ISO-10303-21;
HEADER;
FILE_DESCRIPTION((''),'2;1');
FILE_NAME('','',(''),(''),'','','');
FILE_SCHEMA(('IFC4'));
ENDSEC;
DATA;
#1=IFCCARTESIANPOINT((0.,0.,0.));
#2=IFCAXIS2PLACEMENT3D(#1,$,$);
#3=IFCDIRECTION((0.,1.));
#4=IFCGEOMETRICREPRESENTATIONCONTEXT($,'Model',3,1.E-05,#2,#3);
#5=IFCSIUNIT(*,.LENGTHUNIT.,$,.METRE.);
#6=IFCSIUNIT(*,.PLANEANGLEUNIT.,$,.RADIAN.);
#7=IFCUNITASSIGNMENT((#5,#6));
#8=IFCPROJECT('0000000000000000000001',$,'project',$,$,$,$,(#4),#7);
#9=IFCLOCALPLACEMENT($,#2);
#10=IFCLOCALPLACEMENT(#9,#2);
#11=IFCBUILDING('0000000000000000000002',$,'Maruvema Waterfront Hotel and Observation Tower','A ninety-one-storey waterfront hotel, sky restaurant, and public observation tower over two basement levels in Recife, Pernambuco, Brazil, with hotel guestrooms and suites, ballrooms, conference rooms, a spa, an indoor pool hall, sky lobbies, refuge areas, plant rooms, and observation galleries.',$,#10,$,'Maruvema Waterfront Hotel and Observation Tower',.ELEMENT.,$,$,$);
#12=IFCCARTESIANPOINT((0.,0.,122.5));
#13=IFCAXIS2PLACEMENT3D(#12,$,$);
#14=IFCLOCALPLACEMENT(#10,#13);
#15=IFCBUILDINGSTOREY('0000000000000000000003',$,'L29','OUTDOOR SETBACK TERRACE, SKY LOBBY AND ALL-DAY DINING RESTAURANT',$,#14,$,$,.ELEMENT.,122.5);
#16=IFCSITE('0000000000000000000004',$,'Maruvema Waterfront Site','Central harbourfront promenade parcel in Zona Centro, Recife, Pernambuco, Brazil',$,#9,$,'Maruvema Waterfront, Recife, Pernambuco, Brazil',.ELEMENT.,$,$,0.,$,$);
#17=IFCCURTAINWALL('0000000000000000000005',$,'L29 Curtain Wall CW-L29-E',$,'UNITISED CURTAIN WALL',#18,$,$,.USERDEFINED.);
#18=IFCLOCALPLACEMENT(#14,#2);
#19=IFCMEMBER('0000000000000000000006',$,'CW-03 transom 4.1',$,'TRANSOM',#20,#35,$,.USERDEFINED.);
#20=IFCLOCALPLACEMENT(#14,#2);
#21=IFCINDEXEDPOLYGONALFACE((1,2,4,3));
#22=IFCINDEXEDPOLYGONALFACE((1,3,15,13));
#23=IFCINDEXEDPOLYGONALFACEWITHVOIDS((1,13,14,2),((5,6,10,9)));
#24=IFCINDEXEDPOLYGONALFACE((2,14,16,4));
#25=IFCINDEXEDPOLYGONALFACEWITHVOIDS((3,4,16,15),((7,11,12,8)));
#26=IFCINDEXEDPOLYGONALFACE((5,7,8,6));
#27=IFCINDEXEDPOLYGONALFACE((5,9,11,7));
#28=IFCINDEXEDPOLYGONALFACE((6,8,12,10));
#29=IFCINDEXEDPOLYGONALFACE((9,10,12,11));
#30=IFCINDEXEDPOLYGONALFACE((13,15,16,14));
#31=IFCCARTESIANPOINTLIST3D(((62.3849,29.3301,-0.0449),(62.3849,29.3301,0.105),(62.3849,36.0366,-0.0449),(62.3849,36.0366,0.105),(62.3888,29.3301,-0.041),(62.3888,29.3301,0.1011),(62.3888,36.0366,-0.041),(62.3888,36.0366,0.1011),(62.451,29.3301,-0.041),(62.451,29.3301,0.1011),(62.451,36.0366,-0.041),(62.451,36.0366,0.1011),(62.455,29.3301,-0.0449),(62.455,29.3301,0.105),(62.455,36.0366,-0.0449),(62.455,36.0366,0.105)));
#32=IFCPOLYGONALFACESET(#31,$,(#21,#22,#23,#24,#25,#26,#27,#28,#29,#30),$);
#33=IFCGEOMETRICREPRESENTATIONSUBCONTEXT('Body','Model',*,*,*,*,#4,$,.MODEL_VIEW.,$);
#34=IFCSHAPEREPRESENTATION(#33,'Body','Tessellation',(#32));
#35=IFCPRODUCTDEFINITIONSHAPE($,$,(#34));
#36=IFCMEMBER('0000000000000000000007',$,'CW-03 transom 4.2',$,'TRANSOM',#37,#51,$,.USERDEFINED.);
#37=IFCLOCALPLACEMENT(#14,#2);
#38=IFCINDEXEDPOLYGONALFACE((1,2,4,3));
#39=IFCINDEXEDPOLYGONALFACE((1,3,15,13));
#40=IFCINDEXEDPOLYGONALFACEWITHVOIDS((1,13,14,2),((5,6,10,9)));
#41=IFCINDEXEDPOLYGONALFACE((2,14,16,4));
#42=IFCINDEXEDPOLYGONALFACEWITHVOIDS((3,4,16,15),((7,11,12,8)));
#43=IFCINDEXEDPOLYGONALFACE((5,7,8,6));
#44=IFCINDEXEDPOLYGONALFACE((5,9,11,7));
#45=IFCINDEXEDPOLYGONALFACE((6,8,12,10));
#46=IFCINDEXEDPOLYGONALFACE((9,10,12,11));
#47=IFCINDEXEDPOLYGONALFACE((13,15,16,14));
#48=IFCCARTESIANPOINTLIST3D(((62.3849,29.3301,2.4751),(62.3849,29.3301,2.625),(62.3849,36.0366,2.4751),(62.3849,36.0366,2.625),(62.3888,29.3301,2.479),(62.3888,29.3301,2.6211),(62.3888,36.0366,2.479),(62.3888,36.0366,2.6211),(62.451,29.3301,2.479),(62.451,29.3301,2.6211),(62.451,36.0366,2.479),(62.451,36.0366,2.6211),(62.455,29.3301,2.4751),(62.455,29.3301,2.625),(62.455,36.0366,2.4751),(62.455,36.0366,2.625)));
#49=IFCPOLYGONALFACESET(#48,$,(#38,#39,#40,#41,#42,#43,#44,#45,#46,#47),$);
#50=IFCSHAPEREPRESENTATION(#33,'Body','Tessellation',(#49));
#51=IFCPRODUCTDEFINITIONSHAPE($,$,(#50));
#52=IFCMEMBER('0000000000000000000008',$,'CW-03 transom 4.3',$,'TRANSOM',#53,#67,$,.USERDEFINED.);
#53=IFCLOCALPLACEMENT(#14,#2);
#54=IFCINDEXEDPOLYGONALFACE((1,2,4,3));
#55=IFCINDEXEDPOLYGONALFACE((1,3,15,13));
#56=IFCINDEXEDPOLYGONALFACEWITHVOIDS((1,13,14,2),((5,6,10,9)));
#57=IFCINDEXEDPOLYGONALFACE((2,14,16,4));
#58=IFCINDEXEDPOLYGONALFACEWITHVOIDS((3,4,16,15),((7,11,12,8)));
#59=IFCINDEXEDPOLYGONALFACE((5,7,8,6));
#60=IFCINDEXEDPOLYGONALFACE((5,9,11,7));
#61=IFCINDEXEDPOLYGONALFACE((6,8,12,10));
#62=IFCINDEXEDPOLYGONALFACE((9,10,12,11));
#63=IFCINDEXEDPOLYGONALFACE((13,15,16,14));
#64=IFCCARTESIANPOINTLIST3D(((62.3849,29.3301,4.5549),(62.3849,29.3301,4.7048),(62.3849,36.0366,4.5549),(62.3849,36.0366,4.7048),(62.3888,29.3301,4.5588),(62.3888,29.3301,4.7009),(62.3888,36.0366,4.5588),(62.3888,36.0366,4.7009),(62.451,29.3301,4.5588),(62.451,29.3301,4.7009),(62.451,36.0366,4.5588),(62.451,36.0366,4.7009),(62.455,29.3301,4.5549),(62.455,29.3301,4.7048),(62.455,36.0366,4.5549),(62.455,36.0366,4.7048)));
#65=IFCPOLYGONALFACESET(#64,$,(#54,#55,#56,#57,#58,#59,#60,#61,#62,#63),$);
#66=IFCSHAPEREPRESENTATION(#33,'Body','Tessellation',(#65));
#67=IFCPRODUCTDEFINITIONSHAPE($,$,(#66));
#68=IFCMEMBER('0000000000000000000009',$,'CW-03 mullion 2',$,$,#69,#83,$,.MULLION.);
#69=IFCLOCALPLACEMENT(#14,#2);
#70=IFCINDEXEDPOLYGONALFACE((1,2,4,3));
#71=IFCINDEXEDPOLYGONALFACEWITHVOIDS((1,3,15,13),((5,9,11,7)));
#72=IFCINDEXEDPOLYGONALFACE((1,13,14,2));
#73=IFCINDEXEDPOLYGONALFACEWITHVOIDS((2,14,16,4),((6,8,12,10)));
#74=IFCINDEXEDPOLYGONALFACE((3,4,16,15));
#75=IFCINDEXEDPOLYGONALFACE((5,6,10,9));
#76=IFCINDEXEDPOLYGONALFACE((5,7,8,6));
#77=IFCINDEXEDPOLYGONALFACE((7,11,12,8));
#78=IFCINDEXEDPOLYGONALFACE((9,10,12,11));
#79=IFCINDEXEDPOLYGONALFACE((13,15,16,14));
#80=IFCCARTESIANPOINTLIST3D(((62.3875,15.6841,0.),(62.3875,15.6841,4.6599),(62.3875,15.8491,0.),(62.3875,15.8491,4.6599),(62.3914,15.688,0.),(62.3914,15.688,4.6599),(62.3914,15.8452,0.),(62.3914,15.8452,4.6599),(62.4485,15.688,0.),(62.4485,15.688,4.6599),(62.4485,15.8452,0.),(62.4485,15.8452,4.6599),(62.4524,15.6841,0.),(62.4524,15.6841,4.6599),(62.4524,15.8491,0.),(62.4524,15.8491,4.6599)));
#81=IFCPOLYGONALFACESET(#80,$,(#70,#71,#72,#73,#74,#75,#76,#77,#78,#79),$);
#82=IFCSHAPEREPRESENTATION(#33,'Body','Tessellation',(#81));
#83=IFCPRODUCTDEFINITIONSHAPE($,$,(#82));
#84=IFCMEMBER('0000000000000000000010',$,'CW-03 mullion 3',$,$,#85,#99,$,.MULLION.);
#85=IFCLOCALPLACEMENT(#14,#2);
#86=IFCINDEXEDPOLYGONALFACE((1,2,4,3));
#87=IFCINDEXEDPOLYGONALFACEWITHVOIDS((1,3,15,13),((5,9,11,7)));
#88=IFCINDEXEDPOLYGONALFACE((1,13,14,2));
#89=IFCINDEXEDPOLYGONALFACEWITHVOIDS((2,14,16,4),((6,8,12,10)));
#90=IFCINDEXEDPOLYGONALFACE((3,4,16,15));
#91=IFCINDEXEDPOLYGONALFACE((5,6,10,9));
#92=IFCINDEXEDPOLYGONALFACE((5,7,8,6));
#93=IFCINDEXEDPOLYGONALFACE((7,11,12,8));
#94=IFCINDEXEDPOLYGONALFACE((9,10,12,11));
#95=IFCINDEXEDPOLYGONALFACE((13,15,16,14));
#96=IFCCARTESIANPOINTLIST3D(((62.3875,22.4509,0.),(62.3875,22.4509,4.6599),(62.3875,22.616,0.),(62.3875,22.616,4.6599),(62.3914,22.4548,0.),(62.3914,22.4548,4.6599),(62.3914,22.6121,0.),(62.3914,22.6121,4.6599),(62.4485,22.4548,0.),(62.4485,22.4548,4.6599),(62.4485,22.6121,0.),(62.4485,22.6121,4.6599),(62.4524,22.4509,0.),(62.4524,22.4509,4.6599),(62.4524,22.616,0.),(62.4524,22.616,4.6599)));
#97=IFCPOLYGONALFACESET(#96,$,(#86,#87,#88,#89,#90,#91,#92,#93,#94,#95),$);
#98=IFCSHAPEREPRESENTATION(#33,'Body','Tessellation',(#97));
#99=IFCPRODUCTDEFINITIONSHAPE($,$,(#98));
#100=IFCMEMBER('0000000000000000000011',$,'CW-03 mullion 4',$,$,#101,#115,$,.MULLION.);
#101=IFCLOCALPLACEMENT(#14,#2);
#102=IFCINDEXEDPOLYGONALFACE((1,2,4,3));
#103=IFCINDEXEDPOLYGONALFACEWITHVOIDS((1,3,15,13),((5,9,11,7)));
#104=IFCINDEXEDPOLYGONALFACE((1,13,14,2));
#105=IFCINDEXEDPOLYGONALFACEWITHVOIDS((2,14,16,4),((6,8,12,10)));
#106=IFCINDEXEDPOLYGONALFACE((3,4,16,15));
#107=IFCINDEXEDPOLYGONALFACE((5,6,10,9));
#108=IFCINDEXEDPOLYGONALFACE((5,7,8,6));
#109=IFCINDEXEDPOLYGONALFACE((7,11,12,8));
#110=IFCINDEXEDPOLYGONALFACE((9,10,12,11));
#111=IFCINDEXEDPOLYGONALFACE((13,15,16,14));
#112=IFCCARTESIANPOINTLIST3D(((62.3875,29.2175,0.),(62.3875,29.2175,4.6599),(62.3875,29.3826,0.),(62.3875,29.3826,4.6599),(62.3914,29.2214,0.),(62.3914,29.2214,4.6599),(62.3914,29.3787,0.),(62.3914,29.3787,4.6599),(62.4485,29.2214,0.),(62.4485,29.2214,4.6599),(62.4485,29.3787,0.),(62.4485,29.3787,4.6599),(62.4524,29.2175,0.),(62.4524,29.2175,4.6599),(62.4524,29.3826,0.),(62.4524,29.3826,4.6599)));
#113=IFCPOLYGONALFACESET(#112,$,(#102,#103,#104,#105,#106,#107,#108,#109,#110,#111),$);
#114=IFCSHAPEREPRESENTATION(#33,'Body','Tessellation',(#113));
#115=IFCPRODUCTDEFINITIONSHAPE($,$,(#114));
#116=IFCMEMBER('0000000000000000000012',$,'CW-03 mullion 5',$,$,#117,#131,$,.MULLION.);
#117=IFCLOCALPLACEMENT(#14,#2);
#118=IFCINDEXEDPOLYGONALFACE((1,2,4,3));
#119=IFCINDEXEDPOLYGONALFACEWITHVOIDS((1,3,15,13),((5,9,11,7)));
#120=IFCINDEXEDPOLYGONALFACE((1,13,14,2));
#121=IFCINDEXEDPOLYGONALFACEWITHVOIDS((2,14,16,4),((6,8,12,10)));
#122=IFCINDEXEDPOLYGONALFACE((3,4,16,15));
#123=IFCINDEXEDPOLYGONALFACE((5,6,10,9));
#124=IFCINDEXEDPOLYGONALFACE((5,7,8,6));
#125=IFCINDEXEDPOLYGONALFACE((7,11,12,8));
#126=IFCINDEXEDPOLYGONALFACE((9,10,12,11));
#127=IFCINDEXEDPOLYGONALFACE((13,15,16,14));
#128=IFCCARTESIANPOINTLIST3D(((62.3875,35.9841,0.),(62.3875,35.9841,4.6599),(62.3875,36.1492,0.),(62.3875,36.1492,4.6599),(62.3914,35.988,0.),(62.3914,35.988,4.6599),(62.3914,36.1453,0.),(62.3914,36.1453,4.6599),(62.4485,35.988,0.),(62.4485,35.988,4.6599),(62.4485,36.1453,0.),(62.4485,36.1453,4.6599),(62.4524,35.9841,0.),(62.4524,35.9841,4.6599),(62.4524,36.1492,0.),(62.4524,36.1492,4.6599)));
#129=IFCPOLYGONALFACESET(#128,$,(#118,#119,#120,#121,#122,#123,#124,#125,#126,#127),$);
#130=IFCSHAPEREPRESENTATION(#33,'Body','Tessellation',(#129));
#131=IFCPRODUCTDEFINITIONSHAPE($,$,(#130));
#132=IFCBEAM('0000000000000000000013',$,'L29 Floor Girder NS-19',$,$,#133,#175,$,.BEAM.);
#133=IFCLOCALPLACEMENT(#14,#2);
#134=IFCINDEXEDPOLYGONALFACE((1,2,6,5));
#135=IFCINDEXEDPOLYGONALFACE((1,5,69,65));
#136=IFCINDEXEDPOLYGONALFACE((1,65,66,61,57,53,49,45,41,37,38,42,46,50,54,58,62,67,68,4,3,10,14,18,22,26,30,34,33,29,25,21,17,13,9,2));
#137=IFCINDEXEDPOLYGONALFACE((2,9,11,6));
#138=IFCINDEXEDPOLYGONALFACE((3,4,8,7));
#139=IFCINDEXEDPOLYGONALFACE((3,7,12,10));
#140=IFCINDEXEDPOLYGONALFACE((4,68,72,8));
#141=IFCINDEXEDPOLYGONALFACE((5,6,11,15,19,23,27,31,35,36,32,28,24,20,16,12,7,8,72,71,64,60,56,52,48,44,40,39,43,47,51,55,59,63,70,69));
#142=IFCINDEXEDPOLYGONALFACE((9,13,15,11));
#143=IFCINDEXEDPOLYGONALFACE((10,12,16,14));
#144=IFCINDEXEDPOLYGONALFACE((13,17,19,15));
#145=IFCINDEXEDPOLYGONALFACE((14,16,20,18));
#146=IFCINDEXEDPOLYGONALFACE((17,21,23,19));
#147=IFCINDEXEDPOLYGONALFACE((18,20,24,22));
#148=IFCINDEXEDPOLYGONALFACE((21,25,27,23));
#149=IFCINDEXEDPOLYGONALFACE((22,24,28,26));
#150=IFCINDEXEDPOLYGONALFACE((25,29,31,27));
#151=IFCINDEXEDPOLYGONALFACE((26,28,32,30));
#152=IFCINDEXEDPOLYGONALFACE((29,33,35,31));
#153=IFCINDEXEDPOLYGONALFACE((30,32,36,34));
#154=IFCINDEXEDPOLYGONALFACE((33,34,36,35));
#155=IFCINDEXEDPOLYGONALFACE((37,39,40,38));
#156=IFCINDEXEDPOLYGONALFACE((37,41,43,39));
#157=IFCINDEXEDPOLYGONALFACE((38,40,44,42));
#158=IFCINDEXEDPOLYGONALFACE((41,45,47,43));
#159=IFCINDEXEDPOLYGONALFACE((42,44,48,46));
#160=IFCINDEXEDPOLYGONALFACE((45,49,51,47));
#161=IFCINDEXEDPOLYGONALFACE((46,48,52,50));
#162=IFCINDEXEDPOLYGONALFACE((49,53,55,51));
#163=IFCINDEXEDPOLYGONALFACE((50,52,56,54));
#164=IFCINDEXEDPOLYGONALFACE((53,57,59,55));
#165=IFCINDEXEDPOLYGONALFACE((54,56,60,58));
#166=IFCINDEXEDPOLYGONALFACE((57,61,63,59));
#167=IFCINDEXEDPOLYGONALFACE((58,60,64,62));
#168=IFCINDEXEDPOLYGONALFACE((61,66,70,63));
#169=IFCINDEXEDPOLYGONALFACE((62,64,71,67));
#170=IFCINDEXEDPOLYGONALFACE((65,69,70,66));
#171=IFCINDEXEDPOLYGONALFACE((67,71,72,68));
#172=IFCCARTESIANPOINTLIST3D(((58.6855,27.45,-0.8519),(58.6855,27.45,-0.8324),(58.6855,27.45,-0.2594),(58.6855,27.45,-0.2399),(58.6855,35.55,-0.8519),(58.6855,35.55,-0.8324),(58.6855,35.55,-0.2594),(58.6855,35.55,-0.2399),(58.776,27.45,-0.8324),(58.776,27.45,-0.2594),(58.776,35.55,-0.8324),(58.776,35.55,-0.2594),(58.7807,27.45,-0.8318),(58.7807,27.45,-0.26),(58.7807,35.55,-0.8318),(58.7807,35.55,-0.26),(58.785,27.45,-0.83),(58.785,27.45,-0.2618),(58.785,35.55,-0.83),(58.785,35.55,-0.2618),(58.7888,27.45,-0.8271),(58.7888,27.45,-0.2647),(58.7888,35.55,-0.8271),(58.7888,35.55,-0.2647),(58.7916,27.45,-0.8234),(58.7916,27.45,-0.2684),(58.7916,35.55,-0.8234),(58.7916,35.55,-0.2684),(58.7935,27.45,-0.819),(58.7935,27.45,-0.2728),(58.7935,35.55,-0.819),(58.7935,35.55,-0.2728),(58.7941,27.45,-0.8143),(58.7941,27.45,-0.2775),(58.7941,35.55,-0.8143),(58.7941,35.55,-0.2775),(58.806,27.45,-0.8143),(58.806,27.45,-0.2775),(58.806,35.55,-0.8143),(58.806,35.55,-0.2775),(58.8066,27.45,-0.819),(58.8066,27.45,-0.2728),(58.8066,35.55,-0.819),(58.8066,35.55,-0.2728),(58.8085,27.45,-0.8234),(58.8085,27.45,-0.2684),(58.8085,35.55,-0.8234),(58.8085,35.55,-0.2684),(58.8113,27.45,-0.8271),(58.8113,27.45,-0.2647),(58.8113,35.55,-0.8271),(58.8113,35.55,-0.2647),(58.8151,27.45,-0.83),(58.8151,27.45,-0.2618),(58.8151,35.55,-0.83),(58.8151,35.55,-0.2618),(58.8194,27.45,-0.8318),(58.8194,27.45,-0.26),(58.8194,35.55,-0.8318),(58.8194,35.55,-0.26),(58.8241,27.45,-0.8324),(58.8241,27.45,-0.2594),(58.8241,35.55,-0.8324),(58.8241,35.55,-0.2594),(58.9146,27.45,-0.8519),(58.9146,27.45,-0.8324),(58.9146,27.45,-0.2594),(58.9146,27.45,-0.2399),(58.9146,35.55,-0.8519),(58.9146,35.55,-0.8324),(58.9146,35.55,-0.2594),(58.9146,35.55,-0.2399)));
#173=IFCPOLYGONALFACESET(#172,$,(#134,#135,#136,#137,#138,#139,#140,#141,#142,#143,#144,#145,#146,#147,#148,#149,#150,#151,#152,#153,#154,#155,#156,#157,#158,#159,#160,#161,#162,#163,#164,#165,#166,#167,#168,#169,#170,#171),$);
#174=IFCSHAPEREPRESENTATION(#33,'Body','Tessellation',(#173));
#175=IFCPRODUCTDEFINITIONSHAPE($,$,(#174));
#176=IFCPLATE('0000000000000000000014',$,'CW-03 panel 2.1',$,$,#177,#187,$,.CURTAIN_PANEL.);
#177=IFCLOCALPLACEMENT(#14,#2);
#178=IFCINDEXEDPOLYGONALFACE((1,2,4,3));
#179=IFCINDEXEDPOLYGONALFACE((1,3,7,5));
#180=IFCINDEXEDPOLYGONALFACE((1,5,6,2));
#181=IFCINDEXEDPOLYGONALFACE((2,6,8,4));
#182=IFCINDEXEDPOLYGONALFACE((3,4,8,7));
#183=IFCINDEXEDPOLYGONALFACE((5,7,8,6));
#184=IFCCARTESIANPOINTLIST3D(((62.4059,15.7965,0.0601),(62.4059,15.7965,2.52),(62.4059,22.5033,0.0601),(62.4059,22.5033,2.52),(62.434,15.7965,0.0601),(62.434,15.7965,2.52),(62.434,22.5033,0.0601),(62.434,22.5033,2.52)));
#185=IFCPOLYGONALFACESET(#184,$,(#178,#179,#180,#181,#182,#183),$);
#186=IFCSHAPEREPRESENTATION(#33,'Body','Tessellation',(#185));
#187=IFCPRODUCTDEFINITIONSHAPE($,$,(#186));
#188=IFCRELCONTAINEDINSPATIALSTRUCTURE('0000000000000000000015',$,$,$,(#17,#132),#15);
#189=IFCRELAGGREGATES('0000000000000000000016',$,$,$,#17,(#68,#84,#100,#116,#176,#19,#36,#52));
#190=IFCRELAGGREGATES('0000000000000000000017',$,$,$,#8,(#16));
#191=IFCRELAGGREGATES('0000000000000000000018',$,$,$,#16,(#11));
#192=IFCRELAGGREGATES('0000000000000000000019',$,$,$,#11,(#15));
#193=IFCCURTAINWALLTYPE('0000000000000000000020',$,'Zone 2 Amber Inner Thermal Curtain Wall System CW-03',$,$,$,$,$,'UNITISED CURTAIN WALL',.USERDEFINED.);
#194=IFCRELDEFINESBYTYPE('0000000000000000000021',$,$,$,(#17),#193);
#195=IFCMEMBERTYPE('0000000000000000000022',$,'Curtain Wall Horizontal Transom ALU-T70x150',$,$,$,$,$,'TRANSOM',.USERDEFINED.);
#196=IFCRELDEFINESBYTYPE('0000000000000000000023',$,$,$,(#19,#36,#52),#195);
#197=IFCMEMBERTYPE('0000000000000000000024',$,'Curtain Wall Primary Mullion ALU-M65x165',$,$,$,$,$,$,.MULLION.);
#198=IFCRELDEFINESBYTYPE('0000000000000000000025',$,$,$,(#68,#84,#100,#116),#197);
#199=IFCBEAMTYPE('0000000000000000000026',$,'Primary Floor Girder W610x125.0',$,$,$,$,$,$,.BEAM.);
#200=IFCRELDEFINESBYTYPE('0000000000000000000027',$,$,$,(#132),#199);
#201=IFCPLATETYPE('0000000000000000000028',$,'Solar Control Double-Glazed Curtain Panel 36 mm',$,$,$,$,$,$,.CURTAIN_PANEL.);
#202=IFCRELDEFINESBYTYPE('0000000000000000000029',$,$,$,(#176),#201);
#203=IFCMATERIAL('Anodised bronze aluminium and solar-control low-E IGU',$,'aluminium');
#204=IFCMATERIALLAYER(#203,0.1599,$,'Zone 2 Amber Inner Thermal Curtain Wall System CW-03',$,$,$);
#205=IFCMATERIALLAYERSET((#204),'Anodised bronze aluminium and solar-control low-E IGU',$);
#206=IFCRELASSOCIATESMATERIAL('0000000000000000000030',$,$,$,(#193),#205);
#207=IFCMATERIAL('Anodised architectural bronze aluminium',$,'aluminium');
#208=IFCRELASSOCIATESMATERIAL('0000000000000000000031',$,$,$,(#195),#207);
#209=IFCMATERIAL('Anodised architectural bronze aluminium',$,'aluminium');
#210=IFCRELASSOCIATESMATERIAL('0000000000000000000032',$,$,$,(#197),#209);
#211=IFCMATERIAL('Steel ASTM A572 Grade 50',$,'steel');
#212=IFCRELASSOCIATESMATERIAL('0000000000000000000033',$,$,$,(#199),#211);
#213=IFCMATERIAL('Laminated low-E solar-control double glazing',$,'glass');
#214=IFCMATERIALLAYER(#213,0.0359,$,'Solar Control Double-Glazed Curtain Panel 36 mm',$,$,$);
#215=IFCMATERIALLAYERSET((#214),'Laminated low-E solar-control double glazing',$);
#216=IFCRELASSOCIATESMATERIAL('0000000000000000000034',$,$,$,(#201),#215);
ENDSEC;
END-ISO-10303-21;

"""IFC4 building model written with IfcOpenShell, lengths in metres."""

from ifc_helpers import new_model, si_unit, direction, frame, origin, origin_2d, place, context, subcontext, project, spatial, rectangle, hollow_rectangle, i_section, extrude, material, layer, layer_set, material_profile, profile_set, type_object, element, aggregate, save


model = new_model("IFC4")

# Units and contexts
model_context = context("Model", 3, precision=1e-05, world=origin(), true_north=direction((0.0, 1.0)))
body_context = subcontext(model_context, "Body", "Model", "MODEL_VIEW")
ifc_project = project(units=[si_unit("LENGTHUNIT", "METRE"), si_unit("PLANEANGLEUNIT", "RADIAN")], contexts=[model_context])

# Site, building, storey
site_placement = place(None, origin())
site = spatial("IfcSite", under=ifc_project, at=site_placement, Name="Maruvema Waterfront Site", Description="Central harbourfront promenade parcel in Zona Centro, Recife, Pernambuco, Brazil", LongName="Maruvema Waterfront, Recife, Pernambuco, Brazil", CompositionType="ELEMENT", RefElevation=0.0)
building_placement = place(site_placement, origin())
building = spatial("IfcBuilding", under=site, at=building_placement, Name="Maruvema Waterfront Hotel and Observation Tower", Description="A ninety-one-storey waterfront hotel, sky restaurant, and public observation tower over two basement levels in Recife, Pernambuco, Brazil, with hotel guestrooms and suites, ballrooms, conference rooms, a spa, an indoor pool hall, sky lobbies, refuge areas, plant rooms, and observation galleries.", LongName="Maruvema Waterfront Hotel and Observation Tower", CompositionType="ELEMENT")
storey_placement = place(building_placement, frame((0.0, 0.0, 122.5)))
storey = spatial("IfcBuildingStorey", under=building, at=storey_placement, Name="L29", Description="OUTDOOR SETBACK TERRACE, SKY LOBBY AND ALL-DAY DINING RESTAURANT", CompositionType="ELEMENT", Elevation=122.5)

# Curtain wall, members
ifc_material_1 = material(Name="Anodised bronze aluminium and solar-control low-E IGU", Category="aluminium")
ifc_layer_1 = layer(ifc_material_1, 0.1599, Name="Zone 2 Amber Inner Thermal Curtain Wall System CW-03")
ifc_layer_set_1 = layer_set([ifc_layer_1], Name="Anodised bronze aluminium and solar-control low-E IGU")
curtain_wall_type = type_object("IfcCurtainWallType", Name="Zone 2 Amber Inner Thermal Curtain Wall System CW-03", ElementType="UNITISED CURTAIN WALL", PredefinedType="USERDEFINED", material=ifc_layer_set_1)
curtain_wall_placement = place(storey_placement, origin())
curtain_wall = element("IfcCurtainWall", 1, at=curtain_wall_placement, inside=storey, type_object=curtain_wall_type, Name="L29 Curtain Wall CW-L29-E", ObjectType="UNITISED CURTAIN WALL", PredefinedType="USERDEFINED")
ifc_material_2 = material(Name="Anodised architectural bronze aluminium", Category="aluminium")
ifc_material_profile_1 = material_profile(ifc_material_2, hollow_rectangle(XDim=0.0701, YDim=0.1499, WallThickness=0.0039, at=origin_2d()), Name="ALU-T70x150")
ifc_profile_set_1 = profile_set([ifc_material_profile_1], Name="Anodised architectural bronze aluminium")
member_type_1 = type_object("IfcMemberType", Name="Curtain Wall Horizontal Transom ALU-T70x150", ElementType="TRANSOM", PredefinedType="USERDEFINED", material=ifc_profile_set_1)
member_1_placement = place(storey_placement, frame((62.4199, 29.3301, 0.03), z_axis=(0.0, 1.0, 0.0), x_axis=(-1.0, 0.0, 0.0)))
member_1 = element("IfcMember", 2, at=member_1_placement, type_object=member_type_1, Name="CW-03 transom 4.1", ObjectType="TRANSOM", PredefinedType="USERDEFINED", context=body_context, shape_type="SweptSolid", body=[
    extrude(hollow_rectangle(XDim=0.0701, YDim=0.1499, WallThickness=0.0039, at=origin_2d()), origin(), (0.0, 0.0, 1.0), 6.7065),
])
member_2_placement = place(storey_placement, frame((62.4199, 29.3301, 2.55), z_axis=(0.0, 1.0, 0.0), x_axis=(-1.0, 0.0, 0.0)))
member_2 = element("IfcMember", 3, at=member_2_placement, type_object=member_type_1, Name="CW-03 transom 4.2", ObjectType="TRANSOM", PredefinedType="USERDEFINED", context=body_context, shape_type="SweptSolid", body=[
    extrude(hollow_rectangle(XDim=0.0701, YDim=0.1499, WallThickness=0.0039, at=origin_2d()), origin(), (0.0, 0.0, 1.0), 6.7065),
])
member_3_placement = place(storey_placement, frame((62.4199, 29.3301, 4.6299), z_axis=(0.0, 1.0, 0.0), x_axis=(-1.0, 0.0, 0.0)))
member_3 = element("IfcMember", 4, at=member_3_placement, type_object=member_type_1, Name="CW-03 transom 4.3", ObjectType="TRANSOM", PredefinedType="USERDEFINED", context=body_context, shape_type="SweptSolid", body=[
    extrude(hollow_rectangle(XDim=0.0701, YDim=0.1499, WallThickness=0.0039, at=origin_2d()), origin(), (0.0, 0.0, 1.0), 6.7065),
])
ifc_material_3 = material(Name="Anodised architectural bronze aluminium", Category="aluminium")
ifc_material_profile_2 = material_profile(ifc_material_3, hollow_rectangle(XDim=0.0649, YDim=0.165, WallThickness=0.0039, at=origin_2d()), Name="ALU-M65x165")
ifc_profile_set_2 = profile_set([ifc_material_profile_2], Name="Anodised architectural bronze aluminium")
member_type_2 = type_object("IfcMemberType", Name="Curtain Wall Primary Mullion ALU-M65x165", PredefinedType="MULLION", material=ifc_profile_set_2)
member_4_placement = place(storey_placement, frame((62.4199, 15.7666, 0.0), z_axis=(0.0, 0.0, 1.0), x_axis=(-1.0, 0.0, 0.0)))
member_4 = element("IfcMember", 5, at=member_4_placement, type_object=member_type_2, Name="CW-03 mullion 2", PredefinedType="MULLION", context=body_context, shape_type="SweptSolid", body=[
    extrude(hollow_rectangle(XDim=0.0649, YDim=0.165, WallThickness=0.0039, at=origin_2d()), origin(), (0.0, 0.0, 1.0), 4.6599),
])
member_5_placement = place(storey_placement, frame((62.4199, 22.5334, 0.0), z_axis=(0.0, 0.0, 1.0), x_axis=(-1.0, 0.0, 0.0)))
member_5 = element("IfcMember", 6, at=member_5_placement, type_object=member_type_2, Name="CW-03 mullion 3", PredefinedType="MULLION", context=body_context, shape_type="SweptSolid", body=[
    extrude(hollow_rectangle(XDim=0.0649, YDim=0.165, WallThickness=0.0039, at=origin_2d()), origin(), (0.0, 0.0, 1.0), 4.6599),
])
member_6_placement = place(storey_placement, frame((62.4199, 29.3, 0.0), z_axis=(0.0, 0.0, 1.0), x_axis=(-1.0, 0.0, 0.0)))
member_6 = element("IfcMember", 7, at=member_6_placement, type_object=member_type_2, Name="CW-03 mullion 4", PredefinedType="MULLION", context=body_context, shape_type="SweptSolid", body=[
    extrude(hollow_rectangle(XDim=0.0649, YDim=0.165, WallThickness=0.0039, at=origin_2d()), origin(), (0.0, 0.0, 1.0), 4.6599),
])
member_7_placement = place(storey_placement, frame((62.4199, 36.0667, 0.0), z_axis=(0.0, 0.0, 1.0), x_axis=(-1.0, 0.0, 0.0)))
member_7 = element("IfcMember", 8, at=member_7_placement, type_object=member_type_2, Name="CW-03 mullion 5", PredefinedType="MULLION", context=body_context, shape_type="SweptSolid", body=[
    extrude(hollow_rectangle(XDim=0.0649, YDim=0.165, WallThickness=0.0039, at=origin_2d()), origin(), (0.0, 0.0, 1.0), 4.6599),
])

# Beam
ifc_material_4 = material(Name="Steel ASTM A572 Grade 50", Category="steel")
ifc_material_profile_3 = material_profile(ifc_material_4, i_section(OverallWidth=0.229, OverallDepth=0.6121, WebThickness=0.012, FlangeThickness=0.0195, FilletRadius=0.0181, at=origin_2d()), Name="W610x125.0")
ifc_profile_set_3 = profile_set([ifc_material_profile_3], Name="Steel ASTM A572 Grade 50")
beam_type = type_object("IfcBeamType", Name="Primary Floor Girder W610x125.0", PredefinedType="BEAM", material=ifc_profile_set_3)
beam_placement = place(storey_placement, frame((58.8, 27.45, -0.5459), z_axis=(0.0, 1.0, 0.0), x_axis=(-1.0, 0.0, 0.0)))
element("IfcBeam", 9, at=beam_placement, inside=storey, type_object=beam_type, Name="L29 Floor Girder NS-19", PredefinedType="BEAM", context=body_context, shape_type="SweptSolid", body=[
    extrude(i_section(OverallWidth=0.229, OverallDepth=0.6121, WebThickness=0.012, FlangeThickness=0.0195, FilletRadius=0.0181, at=origin_2d()), origin(), (0.0, 0.0, 1.0), 8.1001),
])

# Plate
ifc_material_5 = material(Name="Laminated low-E solar-control double glazing", Category="glass")
ifc_layer_2 = layer(ifc_material_5, 0.0359, Name="Solar Control Double-Glazed Curtain Panel 36 mm")
ifc_layer_set_2 = layer_set([ifc_layer_2], Name="Laminated low-E solar-control double glazing")
plate_type = type_object("IfcPlateType", Name="Solar Control Double-Glazed Curtain Panel 36 mm", PredefinedType="CURTAIN_PANEL", material=ifc_layer_set_2)
plate_1_placement = place(storey_placement, frame((62.4199, 19.1499, 0.0601), z_axis=(0.0, 0.0, 1.0), x_axis=(0.0, 1.0, 0.0)))
plate_1 = element("IfcPlate", 10, at=plate_1_placement, type_object=plate_type, Name="CW-03 panel 2.1", PredefinedType="CURTAIN_PANEL", context=body_context, shape_type="SweptSolid", body=[
    extrude(rectangle(XDim=6.7068, YDim=0.0281, at=origin_2d()), origin(), (0.0, 0.0, 1.0), 2.46),
])
aggregate(curtain_wall, [member_4, member_5, member_6, member_7, plate_1, member_1, member_2, member_3])

save(model, "model.ifc")
